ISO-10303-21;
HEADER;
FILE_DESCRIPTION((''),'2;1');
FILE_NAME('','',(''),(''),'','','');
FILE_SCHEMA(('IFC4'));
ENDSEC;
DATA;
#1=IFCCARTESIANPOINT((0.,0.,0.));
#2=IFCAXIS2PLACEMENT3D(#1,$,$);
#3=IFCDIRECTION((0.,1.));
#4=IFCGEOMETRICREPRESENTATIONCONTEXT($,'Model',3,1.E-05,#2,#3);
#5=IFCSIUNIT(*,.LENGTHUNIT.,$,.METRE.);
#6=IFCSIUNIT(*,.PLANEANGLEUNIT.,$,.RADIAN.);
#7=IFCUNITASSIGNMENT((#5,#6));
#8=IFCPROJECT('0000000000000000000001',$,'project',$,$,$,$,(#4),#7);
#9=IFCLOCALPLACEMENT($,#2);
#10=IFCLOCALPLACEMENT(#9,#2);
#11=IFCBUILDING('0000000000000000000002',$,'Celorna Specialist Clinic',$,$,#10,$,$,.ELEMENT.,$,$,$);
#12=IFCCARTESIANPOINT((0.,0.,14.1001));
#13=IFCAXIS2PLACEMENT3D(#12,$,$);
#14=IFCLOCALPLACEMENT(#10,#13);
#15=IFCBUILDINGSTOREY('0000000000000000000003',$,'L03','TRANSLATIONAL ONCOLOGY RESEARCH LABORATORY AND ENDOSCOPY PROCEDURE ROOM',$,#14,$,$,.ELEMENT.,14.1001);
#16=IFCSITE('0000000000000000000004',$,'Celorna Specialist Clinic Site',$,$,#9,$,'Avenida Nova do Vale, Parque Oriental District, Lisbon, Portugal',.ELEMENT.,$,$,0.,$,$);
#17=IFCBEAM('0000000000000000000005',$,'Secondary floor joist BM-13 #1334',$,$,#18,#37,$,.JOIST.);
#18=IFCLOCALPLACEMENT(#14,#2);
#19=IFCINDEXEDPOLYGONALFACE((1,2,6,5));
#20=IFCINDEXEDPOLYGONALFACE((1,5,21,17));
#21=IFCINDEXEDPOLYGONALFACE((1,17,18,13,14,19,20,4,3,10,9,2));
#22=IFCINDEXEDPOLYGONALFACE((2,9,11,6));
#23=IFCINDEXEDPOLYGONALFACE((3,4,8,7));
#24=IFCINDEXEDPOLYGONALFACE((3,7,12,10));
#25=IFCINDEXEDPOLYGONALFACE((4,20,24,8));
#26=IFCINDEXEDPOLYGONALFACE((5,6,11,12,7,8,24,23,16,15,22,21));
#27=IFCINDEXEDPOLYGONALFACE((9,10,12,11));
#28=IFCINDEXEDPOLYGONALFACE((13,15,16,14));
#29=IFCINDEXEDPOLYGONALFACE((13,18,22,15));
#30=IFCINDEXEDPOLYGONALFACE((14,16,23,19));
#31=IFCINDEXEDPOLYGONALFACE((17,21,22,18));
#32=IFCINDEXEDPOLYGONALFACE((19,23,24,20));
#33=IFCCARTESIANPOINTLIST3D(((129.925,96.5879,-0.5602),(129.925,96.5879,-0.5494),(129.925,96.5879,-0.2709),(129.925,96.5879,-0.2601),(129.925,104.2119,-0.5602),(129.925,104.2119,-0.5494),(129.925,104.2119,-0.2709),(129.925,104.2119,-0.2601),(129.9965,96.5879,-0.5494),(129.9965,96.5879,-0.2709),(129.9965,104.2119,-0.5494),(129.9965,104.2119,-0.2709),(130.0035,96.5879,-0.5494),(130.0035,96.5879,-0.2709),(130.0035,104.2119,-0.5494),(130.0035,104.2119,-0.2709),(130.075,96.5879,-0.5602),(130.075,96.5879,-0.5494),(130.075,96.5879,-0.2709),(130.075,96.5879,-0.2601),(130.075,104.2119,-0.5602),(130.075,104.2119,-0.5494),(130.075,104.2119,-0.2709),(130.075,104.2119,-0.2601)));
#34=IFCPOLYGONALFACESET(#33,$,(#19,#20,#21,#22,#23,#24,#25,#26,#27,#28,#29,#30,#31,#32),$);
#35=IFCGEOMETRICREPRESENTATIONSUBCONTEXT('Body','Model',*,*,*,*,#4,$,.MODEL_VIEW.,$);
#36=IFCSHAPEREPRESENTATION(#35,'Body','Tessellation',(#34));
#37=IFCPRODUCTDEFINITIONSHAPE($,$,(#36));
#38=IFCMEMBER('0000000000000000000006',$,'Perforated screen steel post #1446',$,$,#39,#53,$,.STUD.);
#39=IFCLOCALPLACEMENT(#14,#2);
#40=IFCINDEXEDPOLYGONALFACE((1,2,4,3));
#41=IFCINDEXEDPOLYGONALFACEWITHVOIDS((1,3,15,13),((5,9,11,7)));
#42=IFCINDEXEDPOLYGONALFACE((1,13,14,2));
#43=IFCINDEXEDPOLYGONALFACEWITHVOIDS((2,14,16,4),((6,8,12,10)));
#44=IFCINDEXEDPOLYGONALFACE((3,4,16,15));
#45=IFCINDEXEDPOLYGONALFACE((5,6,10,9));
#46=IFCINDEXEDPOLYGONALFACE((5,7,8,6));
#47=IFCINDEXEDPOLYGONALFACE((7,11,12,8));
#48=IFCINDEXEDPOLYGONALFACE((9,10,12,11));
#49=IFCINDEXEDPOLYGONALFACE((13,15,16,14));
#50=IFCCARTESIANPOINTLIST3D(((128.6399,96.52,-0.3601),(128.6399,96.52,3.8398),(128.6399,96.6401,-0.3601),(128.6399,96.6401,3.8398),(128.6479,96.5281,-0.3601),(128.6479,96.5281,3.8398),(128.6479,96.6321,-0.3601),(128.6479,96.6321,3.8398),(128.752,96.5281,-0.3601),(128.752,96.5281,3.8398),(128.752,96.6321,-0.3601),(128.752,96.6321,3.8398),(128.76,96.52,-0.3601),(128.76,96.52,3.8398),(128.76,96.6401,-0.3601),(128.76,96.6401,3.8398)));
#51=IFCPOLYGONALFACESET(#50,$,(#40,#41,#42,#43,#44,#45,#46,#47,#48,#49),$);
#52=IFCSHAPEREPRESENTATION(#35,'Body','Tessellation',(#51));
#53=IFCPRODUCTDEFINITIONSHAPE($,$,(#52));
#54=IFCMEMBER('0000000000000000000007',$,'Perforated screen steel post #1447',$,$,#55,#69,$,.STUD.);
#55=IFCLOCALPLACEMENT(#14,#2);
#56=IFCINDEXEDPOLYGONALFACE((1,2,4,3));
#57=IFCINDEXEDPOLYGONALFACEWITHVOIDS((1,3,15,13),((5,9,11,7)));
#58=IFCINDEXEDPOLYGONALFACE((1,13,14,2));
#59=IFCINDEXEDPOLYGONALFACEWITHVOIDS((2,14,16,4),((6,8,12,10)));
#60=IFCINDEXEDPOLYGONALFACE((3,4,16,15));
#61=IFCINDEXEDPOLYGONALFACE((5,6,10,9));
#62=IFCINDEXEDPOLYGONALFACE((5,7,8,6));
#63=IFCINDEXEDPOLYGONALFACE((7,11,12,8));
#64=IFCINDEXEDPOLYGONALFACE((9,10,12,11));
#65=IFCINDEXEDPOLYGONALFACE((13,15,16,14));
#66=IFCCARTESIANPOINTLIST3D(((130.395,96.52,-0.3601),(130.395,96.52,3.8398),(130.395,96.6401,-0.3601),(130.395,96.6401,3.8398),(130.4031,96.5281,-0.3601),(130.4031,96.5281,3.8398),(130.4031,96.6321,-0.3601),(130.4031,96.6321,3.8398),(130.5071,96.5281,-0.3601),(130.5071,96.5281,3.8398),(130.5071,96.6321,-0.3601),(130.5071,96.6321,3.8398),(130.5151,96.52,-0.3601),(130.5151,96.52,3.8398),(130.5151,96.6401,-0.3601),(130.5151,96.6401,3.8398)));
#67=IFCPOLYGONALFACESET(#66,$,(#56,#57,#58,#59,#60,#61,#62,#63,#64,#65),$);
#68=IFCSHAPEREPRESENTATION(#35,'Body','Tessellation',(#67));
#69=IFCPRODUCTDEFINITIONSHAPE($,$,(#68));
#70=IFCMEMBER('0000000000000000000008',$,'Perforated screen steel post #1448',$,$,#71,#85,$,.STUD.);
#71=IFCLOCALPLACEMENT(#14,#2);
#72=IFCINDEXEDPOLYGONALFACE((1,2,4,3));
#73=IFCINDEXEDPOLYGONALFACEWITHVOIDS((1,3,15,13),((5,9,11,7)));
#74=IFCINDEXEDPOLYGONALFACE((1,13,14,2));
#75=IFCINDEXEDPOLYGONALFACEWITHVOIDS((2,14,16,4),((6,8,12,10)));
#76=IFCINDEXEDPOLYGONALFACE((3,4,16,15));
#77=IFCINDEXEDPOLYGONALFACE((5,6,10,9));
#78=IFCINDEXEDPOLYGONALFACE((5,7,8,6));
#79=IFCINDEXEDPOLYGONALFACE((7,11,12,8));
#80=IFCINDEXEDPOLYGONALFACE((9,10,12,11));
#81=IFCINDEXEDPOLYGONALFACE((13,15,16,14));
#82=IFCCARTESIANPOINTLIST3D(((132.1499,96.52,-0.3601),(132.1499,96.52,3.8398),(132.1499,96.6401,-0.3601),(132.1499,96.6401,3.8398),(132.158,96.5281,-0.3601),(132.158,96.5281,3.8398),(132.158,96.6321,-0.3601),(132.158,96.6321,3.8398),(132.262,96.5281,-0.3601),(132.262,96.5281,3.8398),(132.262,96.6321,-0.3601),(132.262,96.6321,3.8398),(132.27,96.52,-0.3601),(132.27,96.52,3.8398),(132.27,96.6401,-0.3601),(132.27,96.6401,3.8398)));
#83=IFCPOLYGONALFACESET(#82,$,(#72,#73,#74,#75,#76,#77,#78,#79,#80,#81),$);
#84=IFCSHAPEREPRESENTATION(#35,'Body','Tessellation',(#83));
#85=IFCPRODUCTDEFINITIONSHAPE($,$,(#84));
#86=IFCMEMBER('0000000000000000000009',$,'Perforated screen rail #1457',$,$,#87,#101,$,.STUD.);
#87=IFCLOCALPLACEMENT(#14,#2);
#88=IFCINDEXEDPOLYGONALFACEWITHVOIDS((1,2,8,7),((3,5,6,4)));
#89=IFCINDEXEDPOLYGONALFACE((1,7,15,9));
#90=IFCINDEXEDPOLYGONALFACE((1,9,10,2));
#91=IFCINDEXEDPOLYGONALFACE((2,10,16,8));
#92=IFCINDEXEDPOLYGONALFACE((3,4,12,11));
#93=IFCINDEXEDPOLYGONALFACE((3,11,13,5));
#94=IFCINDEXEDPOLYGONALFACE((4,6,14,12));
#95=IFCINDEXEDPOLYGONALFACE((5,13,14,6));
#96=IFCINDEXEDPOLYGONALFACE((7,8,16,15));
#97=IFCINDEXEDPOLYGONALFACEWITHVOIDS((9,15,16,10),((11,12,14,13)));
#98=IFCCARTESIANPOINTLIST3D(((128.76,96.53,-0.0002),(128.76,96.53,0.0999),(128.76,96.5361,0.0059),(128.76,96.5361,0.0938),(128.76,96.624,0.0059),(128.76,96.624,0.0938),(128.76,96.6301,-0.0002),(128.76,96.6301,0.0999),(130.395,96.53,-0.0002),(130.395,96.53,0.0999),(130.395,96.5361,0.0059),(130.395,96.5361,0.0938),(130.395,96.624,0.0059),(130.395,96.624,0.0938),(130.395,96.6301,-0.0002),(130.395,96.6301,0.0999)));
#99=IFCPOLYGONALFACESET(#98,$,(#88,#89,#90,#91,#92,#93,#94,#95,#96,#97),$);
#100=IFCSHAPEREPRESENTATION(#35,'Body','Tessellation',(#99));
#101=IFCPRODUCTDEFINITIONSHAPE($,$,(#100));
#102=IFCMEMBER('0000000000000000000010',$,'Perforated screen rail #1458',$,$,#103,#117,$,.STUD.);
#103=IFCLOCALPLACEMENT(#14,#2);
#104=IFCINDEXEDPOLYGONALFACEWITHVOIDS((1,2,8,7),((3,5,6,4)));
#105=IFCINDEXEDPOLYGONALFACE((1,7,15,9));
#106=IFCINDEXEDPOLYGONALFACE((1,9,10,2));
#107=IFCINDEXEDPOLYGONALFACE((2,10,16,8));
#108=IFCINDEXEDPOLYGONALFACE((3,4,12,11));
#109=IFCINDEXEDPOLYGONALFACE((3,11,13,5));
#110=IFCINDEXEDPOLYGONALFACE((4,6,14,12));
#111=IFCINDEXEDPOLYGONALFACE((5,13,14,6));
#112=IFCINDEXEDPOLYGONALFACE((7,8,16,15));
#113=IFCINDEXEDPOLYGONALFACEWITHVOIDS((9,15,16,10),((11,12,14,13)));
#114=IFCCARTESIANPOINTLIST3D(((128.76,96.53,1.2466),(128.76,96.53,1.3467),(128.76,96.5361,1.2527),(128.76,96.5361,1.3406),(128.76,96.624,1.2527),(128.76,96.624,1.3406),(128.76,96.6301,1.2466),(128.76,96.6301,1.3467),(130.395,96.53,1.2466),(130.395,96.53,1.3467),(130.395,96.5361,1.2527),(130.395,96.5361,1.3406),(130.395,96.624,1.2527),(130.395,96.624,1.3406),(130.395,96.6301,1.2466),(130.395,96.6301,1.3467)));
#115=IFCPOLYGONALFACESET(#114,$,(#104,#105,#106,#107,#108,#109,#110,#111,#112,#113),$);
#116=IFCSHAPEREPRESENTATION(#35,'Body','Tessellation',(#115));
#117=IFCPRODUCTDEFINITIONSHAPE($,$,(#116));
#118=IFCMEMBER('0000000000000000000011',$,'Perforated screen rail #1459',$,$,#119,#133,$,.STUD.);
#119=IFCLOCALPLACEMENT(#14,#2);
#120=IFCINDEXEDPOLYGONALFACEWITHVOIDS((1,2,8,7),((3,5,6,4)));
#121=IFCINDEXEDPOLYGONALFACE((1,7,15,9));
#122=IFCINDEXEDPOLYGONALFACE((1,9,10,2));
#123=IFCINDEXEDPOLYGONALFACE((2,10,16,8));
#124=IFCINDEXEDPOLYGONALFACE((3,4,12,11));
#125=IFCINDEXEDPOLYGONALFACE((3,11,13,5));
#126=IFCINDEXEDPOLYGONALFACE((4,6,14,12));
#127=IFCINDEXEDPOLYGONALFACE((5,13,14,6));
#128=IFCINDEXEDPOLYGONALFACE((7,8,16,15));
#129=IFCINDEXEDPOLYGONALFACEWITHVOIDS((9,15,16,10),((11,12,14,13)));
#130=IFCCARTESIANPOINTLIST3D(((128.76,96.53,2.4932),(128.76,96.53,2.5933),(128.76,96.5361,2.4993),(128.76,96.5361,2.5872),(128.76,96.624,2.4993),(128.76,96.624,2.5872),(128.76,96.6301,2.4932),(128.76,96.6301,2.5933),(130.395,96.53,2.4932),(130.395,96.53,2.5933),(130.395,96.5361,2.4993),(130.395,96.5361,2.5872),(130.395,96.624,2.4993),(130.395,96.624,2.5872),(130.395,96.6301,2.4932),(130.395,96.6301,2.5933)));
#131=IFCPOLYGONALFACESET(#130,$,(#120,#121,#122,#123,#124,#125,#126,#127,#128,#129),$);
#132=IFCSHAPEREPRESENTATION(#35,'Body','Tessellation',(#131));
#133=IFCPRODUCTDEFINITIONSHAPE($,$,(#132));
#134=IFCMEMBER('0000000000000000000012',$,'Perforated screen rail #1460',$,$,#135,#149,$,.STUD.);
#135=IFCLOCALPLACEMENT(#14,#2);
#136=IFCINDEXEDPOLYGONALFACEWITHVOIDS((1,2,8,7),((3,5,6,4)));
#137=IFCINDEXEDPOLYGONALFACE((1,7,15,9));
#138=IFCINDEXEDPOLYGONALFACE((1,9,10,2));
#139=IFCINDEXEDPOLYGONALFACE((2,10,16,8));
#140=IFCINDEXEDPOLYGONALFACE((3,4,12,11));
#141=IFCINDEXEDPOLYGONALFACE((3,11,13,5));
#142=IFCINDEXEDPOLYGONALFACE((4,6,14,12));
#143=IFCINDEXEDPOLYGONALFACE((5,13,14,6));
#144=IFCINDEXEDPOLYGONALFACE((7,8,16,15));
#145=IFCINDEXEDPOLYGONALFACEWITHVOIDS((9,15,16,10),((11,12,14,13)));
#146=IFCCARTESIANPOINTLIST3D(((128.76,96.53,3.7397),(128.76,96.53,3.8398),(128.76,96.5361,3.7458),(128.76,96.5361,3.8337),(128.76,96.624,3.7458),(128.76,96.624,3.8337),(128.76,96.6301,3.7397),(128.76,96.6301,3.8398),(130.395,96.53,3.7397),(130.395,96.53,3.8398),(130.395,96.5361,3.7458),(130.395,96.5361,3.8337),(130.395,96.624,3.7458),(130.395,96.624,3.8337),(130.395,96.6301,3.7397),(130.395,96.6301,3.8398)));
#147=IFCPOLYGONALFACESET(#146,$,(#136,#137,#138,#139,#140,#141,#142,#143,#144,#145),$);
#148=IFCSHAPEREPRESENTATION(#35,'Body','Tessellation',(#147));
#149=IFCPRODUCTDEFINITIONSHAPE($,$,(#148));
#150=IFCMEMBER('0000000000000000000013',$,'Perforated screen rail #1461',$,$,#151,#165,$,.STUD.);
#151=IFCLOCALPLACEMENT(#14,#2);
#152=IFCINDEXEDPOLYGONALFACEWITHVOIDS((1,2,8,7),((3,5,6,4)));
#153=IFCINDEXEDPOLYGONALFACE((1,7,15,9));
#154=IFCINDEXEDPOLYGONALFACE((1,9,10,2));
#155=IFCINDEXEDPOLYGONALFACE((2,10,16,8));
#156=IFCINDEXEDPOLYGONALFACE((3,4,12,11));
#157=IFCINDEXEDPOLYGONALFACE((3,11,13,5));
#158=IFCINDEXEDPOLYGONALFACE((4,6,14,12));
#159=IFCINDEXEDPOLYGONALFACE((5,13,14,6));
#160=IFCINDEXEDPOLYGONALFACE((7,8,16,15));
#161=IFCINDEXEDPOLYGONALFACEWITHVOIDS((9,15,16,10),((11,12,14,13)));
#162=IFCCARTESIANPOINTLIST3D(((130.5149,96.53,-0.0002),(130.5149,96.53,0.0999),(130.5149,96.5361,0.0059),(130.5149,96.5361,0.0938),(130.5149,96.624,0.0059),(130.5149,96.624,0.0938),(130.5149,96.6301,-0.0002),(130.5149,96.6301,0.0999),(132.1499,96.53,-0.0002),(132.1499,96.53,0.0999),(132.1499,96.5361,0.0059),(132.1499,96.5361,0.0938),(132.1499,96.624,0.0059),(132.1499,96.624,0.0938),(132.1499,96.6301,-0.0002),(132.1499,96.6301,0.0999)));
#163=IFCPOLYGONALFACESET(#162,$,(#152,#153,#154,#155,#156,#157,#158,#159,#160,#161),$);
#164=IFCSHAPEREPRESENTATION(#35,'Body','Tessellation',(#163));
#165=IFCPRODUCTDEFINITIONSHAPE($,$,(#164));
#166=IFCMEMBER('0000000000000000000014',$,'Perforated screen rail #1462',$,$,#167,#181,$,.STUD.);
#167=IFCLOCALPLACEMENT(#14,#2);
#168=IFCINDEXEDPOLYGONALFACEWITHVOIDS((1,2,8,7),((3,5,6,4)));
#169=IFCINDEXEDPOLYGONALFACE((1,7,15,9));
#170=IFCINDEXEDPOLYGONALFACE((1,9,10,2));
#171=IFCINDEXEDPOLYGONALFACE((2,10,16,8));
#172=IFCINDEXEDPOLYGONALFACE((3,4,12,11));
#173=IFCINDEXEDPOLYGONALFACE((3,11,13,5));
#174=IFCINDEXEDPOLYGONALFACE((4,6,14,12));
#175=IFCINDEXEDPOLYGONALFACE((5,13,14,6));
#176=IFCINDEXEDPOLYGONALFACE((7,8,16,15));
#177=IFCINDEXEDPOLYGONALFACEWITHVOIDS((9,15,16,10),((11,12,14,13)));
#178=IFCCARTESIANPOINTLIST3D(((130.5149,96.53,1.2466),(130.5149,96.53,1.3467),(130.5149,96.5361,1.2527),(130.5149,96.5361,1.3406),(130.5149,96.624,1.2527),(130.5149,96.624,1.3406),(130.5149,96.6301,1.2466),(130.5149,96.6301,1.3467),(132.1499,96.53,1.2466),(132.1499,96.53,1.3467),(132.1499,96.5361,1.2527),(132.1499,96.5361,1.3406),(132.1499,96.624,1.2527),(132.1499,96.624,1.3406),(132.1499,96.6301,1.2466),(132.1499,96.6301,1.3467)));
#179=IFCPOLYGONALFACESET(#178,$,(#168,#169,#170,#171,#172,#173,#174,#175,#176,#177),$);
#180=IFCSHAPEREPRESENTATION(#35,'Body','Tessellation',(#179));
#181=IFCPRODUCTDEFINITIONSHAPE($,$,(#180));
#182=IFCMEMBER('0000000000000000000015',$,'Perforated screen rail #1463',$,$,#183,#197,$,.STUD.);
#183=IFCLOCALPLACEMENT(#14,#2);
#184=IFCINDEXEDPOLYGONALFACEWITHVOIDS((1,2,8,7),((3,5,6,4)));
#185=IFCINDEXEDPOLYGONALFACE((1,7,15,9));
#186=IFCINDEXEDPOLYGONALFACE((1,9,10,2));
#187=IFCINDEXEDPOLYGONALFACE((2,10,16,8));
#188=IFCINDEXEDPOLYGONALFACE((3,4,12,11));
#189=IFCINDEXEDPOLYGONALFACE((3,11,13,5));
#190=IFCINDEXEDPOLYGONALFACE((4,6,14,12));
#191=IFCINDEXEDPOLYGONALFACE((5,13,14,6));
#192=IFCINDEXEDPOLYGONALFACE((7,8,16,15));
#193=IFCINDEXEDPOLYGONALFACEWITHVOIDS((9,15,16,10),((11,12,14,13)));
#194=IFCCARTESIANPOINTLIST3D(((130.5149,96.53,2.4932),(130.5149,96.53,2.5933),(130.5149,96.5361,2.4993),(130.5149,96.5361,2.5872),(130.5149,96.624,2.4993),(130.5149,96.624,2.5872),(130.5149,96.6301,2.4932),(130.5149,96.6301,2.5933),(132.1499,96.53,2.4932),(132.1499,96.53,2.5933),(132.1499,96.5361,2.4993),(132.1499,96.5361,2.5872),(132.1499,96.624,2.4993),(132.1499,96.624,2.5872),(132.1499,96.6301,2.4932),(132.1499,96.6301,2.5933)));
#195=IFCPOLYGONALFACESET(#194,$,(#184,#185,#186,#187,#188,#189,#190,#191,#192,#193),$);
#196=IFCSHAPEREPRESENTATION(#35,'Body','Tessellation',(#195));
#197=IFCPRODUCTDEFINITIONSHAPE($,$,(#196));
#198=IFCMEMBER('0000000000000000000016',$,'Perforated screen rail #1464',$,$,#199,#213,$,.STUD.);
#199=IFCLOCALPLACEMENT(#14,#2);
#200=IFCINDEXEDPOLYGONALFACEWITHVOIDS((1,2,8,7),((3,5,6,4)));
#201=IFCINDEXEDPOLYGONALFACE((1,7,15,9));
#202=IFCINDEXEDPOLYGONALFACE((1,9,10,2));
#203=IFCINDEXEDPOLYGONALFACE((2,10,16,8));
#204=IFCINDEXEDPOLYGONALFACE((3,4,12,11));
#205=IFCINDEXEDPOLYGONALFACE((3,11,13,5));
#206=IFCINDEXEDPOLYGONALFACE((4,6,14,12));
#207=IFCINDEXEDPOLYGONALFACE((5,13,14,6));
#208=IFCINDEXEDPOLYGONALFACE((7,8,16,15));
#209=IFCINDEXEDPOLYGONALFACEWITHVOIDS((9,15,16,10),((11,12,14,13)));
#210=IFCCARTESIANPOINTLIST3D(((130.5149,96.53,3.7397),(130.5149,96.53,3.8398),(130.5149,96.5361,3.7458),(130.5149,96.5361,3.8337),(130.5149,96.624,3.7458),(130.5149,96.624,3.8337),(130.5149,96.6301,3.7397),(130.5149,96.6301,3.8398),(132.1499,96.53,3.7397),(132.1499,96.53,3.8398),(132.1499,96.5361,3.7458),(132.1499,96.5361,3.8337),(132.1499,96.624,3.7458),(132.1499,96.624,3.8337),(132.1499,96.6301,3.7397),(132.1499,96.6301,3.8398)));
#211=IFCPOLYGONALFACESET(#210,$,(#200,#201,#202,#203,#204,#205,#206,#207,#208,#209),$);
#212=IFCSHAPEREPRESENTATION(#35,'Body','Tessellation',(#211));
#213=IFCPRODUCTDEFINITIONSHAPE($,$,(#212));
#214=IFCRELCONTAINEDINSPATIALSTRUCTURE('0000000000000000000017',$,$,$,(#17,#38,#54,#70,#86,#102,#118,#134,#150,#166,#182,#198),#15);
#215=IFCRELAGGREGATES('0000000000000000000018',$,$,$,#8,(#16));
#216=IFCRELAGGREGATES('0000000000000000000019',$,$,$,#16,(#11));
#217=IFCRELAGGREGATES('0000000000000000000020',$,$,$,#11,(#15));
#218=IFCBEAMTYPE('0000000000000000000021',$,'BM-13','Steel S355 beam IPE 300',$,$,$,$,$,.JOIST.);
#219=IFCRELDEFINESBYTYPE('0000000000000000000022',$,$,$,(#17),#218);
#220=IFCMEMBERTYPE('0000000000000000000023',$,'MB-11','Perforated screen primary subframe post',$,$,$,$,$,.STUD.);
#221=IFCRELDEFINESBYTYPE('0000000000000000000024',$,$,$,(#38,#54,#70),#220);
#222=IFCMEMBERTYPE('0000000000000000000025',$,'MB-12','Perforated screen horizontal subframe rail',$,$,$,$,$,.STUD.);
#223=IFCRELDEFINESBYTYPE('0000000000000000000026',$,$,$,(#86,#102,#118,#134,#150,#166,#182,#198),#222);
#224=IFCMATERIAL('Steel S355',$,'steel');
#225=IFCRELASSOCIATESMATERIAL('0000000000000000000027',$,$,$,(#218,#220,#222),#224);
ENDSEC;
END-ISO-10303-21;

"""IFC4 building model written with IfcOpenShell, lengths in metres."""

from ifc_helpers import new_model, si_unit, direction, frame, origin, origin_2d, place, context, subcontext, project, spatial, hollow_rectangle, i_section, extrude, material, material_profile, profile_set, type_object, element, save


model = new_model("IFC4")

# Units and contexts
model_context = context("Model", 3, precision=1e-05, world=origin(), true_north=direction((0.0, 1.0)))
body_context = subcontext(model_context, "Body", "Model", "MODEL_VIEW")
ifc_project = project(units=[si_unit("LENGTHUNIT", "METRE"), si_unit("PLANEANGLEUNIT", "RADIAN")], contexts=[model_context])

# Site, building, storey
site_placement = place(None, origin())
site = spatial("IfcSite", under=ifc_project, at=site_placement, Name="Celorna Specialist Clinic Site", LongName="Avenida Nova do Vale, Parque Oriental District, Lisbon, Portugal", CompositionType="ELEMENT", RefElevation=0.0)
building_placement = place(site_placement, origin())
building = spatial("IfcBuilding", under=site, at=building_placement, Name="Celorna Specialist Clinic", CompositionType="ELEMENT")
storey_placement = place(building_placement, frame((0.0, 0.0, 14.1001)))
storey = spatial("IfcBuildingStorey", under=building, at=storey_placement, Name="L03", Description="TRANSLATIONAL ONCOLOGY RESEARCH LABORATORY AND ENDOSCOPY PROCEDURE ROOM", CompositionType="ELEMENT", Elevation=14.1001)

# Beam
ifc_material_1 = material(Name="Steel S355", Category="steel")
ifc_material_profile_1 = material_profile(ifc_material_1, i_section(OverallWidth=0.1499, OverallDepth=0.3, WebThickness=0.0071, FlangeThickness=0.0107, at=origin_2d()), Name="IPE 300")
ifc_profile_set_1 = profile_set([ifc_material_profile_1], Name="Steel S355")
beam_type = type_object("IfcBeamType", Name="BM-13", Description="Steel S355 beam IPE 300", PredefinedType="JOIST", material=ifc_profile_set_1)
beam_placement = place(storey_placement, frame((130.0, 96.5879, -0.4102), z_axis=(0.0, 1.0, 0.0), x_axis=(-1.0, 0.0, 0.0)))
element("IfcBeam", 1, at=beam_placement, inside=storey, type_object=beam_type, Name="Secondary floor joist BM-13 #1334", PredefinedType="JOIST", context=body_context, shape_type="SweptSolid", body=[
    extrude(i_section(OverallWidth=0.1499, OverallDepth=0.3, WebThickness=0.0071, FlangeThickness=0.0107, at=origin_2d()), origin(), (0.0, 0.0, 1.0), 7.624),
])

# Members
ifc_material_profile_2 = material_profile(ifc_material_1, hollow_rectangle(XDim=0.1201, YDim=0.1201, WallThickness=0.0081, at=origin_2d()), Name="SHS 120x120x8")
ifc_profile_set_2 = profile_set([ifc_material_profile_2], Name="Steel S355")
member_type_1 = type_object("IfcMemberType", Name="MB-11", Description="Perforated screen primary subframe post", PredefinedType="STUD", material=ifc_profile_set_2)
for number, where, z_axis, x_axis, name in (
    (2, (128.7, 96.5801, -0.3601), (0.0, 0.0, 1.0), (1.0, 0.0, 0.0), "Perforated screen steel post #1446"),
    (3, (130.4551, 96.5801, -0.3601), (0.0, 0.0, 1.0), (1.0, 0.0, 0.0), "Perforated screen steel post #1447"),
    (4, (132.21, 96.5801, -0.3601), (0.0, 0.0, 1.0), (1.0, 0.0, 0.0), "Perforated screen steel post #1448"),
):
    element("IfcMember", number, at=place(storey_placement, frame(where, z_axis=z_axis, x_axis=x_axis)), inside=storey, type_object=member_type_1, Name=name, PredefinedType="STUD", context=body_context, shape_type="SweptSolid", body=[
        extrude(hollow_rectangle(XDim=0.1201, YDim=0.1201, WallThickness=0.0081, at=origin_2d()), origin(), (0.0, 0.0, 1.0), 4.2),
    ])
ifc_material_profile_3 = material_profile(ifc_material_1, hollow_rectangle(XDim=0.1001, YDim=0.1001, WallThickness=0.0061, at=origin_2d()), Name="SHS 100x100x6")
ifc_profile_set_3 = profile_set([ifc_material_profile_3], Name="Steel S355")
member_type_2 = type_object("IfcMemberType", Name="MB-12", Description="Perforated screen horizontal subframe rail", PredefinedType="STUD", material=ifc_profile_set_3)
for number, where, z_axis, x_axis, name in (
    (5, (128.76, 96.5801, 0.0498), (1.0, 0.0, 0.0), (0.0, 1.0, 0.0), "Perforated screen rail #1457"),
    (6, (128.76, 96.5801, 1.2966), (1.0, 0.0, 0.0), (0.0, 1.0, 0.0), "Perforated screen rail #1458"),
    (7, (128.76, 96.5801, 2.5432), (1.0, 0.0, 0.0), (0.0, 1.0, 0.0), "Perforated screen rail #1459"),
    (8, (128.76, 96.5801, 3.7898), (1.0, 0.0, 0.0), (0.0, 1.0, 0.0), "Perforated screen rail #1460"),
    (9, (130.5149, 96.5801, 0.0498), (1.0, 0.0, 0.0), (0.0, 1.0, 0.0), "Perforated screen rail #1461"),
    (10, (130.5149, 96.5801, 1.2966), (1.0, 0.0, 0.0), (0.0, 1.0, 0.0), "Perforated screen rail #1462"),
    (11, (130.5149, 96.5801, 2.5432), (1.0, 0.0, 0.0), (0.0, 1.0, 0.0), "Perforated screen rail #1463"),
    (12, (130.5149, 96.5801, 3.7898), (1.0, 0.0, 0.0), (0.0, 1.0, 0.0), "Perforated screen rail #1464"),
):
    element("IfcMember", number, at=place(storey_placement, frame(where, z_axis=z_axis, x_axis=x_axis)), inside=storey, type_object=member_type_2, Name=name, PredefinedType="STUD", context=body_context, shape_type="SweptSolid", body=[
        extrude(hollow_rectangle(XDim=0.1001, YDim=0.1001, WallThickness=0.0061, at=origin_2d()), origin(), (0.0, 0.0, 1.0), 1.635),
    ])

save(model, "model.ifc")
